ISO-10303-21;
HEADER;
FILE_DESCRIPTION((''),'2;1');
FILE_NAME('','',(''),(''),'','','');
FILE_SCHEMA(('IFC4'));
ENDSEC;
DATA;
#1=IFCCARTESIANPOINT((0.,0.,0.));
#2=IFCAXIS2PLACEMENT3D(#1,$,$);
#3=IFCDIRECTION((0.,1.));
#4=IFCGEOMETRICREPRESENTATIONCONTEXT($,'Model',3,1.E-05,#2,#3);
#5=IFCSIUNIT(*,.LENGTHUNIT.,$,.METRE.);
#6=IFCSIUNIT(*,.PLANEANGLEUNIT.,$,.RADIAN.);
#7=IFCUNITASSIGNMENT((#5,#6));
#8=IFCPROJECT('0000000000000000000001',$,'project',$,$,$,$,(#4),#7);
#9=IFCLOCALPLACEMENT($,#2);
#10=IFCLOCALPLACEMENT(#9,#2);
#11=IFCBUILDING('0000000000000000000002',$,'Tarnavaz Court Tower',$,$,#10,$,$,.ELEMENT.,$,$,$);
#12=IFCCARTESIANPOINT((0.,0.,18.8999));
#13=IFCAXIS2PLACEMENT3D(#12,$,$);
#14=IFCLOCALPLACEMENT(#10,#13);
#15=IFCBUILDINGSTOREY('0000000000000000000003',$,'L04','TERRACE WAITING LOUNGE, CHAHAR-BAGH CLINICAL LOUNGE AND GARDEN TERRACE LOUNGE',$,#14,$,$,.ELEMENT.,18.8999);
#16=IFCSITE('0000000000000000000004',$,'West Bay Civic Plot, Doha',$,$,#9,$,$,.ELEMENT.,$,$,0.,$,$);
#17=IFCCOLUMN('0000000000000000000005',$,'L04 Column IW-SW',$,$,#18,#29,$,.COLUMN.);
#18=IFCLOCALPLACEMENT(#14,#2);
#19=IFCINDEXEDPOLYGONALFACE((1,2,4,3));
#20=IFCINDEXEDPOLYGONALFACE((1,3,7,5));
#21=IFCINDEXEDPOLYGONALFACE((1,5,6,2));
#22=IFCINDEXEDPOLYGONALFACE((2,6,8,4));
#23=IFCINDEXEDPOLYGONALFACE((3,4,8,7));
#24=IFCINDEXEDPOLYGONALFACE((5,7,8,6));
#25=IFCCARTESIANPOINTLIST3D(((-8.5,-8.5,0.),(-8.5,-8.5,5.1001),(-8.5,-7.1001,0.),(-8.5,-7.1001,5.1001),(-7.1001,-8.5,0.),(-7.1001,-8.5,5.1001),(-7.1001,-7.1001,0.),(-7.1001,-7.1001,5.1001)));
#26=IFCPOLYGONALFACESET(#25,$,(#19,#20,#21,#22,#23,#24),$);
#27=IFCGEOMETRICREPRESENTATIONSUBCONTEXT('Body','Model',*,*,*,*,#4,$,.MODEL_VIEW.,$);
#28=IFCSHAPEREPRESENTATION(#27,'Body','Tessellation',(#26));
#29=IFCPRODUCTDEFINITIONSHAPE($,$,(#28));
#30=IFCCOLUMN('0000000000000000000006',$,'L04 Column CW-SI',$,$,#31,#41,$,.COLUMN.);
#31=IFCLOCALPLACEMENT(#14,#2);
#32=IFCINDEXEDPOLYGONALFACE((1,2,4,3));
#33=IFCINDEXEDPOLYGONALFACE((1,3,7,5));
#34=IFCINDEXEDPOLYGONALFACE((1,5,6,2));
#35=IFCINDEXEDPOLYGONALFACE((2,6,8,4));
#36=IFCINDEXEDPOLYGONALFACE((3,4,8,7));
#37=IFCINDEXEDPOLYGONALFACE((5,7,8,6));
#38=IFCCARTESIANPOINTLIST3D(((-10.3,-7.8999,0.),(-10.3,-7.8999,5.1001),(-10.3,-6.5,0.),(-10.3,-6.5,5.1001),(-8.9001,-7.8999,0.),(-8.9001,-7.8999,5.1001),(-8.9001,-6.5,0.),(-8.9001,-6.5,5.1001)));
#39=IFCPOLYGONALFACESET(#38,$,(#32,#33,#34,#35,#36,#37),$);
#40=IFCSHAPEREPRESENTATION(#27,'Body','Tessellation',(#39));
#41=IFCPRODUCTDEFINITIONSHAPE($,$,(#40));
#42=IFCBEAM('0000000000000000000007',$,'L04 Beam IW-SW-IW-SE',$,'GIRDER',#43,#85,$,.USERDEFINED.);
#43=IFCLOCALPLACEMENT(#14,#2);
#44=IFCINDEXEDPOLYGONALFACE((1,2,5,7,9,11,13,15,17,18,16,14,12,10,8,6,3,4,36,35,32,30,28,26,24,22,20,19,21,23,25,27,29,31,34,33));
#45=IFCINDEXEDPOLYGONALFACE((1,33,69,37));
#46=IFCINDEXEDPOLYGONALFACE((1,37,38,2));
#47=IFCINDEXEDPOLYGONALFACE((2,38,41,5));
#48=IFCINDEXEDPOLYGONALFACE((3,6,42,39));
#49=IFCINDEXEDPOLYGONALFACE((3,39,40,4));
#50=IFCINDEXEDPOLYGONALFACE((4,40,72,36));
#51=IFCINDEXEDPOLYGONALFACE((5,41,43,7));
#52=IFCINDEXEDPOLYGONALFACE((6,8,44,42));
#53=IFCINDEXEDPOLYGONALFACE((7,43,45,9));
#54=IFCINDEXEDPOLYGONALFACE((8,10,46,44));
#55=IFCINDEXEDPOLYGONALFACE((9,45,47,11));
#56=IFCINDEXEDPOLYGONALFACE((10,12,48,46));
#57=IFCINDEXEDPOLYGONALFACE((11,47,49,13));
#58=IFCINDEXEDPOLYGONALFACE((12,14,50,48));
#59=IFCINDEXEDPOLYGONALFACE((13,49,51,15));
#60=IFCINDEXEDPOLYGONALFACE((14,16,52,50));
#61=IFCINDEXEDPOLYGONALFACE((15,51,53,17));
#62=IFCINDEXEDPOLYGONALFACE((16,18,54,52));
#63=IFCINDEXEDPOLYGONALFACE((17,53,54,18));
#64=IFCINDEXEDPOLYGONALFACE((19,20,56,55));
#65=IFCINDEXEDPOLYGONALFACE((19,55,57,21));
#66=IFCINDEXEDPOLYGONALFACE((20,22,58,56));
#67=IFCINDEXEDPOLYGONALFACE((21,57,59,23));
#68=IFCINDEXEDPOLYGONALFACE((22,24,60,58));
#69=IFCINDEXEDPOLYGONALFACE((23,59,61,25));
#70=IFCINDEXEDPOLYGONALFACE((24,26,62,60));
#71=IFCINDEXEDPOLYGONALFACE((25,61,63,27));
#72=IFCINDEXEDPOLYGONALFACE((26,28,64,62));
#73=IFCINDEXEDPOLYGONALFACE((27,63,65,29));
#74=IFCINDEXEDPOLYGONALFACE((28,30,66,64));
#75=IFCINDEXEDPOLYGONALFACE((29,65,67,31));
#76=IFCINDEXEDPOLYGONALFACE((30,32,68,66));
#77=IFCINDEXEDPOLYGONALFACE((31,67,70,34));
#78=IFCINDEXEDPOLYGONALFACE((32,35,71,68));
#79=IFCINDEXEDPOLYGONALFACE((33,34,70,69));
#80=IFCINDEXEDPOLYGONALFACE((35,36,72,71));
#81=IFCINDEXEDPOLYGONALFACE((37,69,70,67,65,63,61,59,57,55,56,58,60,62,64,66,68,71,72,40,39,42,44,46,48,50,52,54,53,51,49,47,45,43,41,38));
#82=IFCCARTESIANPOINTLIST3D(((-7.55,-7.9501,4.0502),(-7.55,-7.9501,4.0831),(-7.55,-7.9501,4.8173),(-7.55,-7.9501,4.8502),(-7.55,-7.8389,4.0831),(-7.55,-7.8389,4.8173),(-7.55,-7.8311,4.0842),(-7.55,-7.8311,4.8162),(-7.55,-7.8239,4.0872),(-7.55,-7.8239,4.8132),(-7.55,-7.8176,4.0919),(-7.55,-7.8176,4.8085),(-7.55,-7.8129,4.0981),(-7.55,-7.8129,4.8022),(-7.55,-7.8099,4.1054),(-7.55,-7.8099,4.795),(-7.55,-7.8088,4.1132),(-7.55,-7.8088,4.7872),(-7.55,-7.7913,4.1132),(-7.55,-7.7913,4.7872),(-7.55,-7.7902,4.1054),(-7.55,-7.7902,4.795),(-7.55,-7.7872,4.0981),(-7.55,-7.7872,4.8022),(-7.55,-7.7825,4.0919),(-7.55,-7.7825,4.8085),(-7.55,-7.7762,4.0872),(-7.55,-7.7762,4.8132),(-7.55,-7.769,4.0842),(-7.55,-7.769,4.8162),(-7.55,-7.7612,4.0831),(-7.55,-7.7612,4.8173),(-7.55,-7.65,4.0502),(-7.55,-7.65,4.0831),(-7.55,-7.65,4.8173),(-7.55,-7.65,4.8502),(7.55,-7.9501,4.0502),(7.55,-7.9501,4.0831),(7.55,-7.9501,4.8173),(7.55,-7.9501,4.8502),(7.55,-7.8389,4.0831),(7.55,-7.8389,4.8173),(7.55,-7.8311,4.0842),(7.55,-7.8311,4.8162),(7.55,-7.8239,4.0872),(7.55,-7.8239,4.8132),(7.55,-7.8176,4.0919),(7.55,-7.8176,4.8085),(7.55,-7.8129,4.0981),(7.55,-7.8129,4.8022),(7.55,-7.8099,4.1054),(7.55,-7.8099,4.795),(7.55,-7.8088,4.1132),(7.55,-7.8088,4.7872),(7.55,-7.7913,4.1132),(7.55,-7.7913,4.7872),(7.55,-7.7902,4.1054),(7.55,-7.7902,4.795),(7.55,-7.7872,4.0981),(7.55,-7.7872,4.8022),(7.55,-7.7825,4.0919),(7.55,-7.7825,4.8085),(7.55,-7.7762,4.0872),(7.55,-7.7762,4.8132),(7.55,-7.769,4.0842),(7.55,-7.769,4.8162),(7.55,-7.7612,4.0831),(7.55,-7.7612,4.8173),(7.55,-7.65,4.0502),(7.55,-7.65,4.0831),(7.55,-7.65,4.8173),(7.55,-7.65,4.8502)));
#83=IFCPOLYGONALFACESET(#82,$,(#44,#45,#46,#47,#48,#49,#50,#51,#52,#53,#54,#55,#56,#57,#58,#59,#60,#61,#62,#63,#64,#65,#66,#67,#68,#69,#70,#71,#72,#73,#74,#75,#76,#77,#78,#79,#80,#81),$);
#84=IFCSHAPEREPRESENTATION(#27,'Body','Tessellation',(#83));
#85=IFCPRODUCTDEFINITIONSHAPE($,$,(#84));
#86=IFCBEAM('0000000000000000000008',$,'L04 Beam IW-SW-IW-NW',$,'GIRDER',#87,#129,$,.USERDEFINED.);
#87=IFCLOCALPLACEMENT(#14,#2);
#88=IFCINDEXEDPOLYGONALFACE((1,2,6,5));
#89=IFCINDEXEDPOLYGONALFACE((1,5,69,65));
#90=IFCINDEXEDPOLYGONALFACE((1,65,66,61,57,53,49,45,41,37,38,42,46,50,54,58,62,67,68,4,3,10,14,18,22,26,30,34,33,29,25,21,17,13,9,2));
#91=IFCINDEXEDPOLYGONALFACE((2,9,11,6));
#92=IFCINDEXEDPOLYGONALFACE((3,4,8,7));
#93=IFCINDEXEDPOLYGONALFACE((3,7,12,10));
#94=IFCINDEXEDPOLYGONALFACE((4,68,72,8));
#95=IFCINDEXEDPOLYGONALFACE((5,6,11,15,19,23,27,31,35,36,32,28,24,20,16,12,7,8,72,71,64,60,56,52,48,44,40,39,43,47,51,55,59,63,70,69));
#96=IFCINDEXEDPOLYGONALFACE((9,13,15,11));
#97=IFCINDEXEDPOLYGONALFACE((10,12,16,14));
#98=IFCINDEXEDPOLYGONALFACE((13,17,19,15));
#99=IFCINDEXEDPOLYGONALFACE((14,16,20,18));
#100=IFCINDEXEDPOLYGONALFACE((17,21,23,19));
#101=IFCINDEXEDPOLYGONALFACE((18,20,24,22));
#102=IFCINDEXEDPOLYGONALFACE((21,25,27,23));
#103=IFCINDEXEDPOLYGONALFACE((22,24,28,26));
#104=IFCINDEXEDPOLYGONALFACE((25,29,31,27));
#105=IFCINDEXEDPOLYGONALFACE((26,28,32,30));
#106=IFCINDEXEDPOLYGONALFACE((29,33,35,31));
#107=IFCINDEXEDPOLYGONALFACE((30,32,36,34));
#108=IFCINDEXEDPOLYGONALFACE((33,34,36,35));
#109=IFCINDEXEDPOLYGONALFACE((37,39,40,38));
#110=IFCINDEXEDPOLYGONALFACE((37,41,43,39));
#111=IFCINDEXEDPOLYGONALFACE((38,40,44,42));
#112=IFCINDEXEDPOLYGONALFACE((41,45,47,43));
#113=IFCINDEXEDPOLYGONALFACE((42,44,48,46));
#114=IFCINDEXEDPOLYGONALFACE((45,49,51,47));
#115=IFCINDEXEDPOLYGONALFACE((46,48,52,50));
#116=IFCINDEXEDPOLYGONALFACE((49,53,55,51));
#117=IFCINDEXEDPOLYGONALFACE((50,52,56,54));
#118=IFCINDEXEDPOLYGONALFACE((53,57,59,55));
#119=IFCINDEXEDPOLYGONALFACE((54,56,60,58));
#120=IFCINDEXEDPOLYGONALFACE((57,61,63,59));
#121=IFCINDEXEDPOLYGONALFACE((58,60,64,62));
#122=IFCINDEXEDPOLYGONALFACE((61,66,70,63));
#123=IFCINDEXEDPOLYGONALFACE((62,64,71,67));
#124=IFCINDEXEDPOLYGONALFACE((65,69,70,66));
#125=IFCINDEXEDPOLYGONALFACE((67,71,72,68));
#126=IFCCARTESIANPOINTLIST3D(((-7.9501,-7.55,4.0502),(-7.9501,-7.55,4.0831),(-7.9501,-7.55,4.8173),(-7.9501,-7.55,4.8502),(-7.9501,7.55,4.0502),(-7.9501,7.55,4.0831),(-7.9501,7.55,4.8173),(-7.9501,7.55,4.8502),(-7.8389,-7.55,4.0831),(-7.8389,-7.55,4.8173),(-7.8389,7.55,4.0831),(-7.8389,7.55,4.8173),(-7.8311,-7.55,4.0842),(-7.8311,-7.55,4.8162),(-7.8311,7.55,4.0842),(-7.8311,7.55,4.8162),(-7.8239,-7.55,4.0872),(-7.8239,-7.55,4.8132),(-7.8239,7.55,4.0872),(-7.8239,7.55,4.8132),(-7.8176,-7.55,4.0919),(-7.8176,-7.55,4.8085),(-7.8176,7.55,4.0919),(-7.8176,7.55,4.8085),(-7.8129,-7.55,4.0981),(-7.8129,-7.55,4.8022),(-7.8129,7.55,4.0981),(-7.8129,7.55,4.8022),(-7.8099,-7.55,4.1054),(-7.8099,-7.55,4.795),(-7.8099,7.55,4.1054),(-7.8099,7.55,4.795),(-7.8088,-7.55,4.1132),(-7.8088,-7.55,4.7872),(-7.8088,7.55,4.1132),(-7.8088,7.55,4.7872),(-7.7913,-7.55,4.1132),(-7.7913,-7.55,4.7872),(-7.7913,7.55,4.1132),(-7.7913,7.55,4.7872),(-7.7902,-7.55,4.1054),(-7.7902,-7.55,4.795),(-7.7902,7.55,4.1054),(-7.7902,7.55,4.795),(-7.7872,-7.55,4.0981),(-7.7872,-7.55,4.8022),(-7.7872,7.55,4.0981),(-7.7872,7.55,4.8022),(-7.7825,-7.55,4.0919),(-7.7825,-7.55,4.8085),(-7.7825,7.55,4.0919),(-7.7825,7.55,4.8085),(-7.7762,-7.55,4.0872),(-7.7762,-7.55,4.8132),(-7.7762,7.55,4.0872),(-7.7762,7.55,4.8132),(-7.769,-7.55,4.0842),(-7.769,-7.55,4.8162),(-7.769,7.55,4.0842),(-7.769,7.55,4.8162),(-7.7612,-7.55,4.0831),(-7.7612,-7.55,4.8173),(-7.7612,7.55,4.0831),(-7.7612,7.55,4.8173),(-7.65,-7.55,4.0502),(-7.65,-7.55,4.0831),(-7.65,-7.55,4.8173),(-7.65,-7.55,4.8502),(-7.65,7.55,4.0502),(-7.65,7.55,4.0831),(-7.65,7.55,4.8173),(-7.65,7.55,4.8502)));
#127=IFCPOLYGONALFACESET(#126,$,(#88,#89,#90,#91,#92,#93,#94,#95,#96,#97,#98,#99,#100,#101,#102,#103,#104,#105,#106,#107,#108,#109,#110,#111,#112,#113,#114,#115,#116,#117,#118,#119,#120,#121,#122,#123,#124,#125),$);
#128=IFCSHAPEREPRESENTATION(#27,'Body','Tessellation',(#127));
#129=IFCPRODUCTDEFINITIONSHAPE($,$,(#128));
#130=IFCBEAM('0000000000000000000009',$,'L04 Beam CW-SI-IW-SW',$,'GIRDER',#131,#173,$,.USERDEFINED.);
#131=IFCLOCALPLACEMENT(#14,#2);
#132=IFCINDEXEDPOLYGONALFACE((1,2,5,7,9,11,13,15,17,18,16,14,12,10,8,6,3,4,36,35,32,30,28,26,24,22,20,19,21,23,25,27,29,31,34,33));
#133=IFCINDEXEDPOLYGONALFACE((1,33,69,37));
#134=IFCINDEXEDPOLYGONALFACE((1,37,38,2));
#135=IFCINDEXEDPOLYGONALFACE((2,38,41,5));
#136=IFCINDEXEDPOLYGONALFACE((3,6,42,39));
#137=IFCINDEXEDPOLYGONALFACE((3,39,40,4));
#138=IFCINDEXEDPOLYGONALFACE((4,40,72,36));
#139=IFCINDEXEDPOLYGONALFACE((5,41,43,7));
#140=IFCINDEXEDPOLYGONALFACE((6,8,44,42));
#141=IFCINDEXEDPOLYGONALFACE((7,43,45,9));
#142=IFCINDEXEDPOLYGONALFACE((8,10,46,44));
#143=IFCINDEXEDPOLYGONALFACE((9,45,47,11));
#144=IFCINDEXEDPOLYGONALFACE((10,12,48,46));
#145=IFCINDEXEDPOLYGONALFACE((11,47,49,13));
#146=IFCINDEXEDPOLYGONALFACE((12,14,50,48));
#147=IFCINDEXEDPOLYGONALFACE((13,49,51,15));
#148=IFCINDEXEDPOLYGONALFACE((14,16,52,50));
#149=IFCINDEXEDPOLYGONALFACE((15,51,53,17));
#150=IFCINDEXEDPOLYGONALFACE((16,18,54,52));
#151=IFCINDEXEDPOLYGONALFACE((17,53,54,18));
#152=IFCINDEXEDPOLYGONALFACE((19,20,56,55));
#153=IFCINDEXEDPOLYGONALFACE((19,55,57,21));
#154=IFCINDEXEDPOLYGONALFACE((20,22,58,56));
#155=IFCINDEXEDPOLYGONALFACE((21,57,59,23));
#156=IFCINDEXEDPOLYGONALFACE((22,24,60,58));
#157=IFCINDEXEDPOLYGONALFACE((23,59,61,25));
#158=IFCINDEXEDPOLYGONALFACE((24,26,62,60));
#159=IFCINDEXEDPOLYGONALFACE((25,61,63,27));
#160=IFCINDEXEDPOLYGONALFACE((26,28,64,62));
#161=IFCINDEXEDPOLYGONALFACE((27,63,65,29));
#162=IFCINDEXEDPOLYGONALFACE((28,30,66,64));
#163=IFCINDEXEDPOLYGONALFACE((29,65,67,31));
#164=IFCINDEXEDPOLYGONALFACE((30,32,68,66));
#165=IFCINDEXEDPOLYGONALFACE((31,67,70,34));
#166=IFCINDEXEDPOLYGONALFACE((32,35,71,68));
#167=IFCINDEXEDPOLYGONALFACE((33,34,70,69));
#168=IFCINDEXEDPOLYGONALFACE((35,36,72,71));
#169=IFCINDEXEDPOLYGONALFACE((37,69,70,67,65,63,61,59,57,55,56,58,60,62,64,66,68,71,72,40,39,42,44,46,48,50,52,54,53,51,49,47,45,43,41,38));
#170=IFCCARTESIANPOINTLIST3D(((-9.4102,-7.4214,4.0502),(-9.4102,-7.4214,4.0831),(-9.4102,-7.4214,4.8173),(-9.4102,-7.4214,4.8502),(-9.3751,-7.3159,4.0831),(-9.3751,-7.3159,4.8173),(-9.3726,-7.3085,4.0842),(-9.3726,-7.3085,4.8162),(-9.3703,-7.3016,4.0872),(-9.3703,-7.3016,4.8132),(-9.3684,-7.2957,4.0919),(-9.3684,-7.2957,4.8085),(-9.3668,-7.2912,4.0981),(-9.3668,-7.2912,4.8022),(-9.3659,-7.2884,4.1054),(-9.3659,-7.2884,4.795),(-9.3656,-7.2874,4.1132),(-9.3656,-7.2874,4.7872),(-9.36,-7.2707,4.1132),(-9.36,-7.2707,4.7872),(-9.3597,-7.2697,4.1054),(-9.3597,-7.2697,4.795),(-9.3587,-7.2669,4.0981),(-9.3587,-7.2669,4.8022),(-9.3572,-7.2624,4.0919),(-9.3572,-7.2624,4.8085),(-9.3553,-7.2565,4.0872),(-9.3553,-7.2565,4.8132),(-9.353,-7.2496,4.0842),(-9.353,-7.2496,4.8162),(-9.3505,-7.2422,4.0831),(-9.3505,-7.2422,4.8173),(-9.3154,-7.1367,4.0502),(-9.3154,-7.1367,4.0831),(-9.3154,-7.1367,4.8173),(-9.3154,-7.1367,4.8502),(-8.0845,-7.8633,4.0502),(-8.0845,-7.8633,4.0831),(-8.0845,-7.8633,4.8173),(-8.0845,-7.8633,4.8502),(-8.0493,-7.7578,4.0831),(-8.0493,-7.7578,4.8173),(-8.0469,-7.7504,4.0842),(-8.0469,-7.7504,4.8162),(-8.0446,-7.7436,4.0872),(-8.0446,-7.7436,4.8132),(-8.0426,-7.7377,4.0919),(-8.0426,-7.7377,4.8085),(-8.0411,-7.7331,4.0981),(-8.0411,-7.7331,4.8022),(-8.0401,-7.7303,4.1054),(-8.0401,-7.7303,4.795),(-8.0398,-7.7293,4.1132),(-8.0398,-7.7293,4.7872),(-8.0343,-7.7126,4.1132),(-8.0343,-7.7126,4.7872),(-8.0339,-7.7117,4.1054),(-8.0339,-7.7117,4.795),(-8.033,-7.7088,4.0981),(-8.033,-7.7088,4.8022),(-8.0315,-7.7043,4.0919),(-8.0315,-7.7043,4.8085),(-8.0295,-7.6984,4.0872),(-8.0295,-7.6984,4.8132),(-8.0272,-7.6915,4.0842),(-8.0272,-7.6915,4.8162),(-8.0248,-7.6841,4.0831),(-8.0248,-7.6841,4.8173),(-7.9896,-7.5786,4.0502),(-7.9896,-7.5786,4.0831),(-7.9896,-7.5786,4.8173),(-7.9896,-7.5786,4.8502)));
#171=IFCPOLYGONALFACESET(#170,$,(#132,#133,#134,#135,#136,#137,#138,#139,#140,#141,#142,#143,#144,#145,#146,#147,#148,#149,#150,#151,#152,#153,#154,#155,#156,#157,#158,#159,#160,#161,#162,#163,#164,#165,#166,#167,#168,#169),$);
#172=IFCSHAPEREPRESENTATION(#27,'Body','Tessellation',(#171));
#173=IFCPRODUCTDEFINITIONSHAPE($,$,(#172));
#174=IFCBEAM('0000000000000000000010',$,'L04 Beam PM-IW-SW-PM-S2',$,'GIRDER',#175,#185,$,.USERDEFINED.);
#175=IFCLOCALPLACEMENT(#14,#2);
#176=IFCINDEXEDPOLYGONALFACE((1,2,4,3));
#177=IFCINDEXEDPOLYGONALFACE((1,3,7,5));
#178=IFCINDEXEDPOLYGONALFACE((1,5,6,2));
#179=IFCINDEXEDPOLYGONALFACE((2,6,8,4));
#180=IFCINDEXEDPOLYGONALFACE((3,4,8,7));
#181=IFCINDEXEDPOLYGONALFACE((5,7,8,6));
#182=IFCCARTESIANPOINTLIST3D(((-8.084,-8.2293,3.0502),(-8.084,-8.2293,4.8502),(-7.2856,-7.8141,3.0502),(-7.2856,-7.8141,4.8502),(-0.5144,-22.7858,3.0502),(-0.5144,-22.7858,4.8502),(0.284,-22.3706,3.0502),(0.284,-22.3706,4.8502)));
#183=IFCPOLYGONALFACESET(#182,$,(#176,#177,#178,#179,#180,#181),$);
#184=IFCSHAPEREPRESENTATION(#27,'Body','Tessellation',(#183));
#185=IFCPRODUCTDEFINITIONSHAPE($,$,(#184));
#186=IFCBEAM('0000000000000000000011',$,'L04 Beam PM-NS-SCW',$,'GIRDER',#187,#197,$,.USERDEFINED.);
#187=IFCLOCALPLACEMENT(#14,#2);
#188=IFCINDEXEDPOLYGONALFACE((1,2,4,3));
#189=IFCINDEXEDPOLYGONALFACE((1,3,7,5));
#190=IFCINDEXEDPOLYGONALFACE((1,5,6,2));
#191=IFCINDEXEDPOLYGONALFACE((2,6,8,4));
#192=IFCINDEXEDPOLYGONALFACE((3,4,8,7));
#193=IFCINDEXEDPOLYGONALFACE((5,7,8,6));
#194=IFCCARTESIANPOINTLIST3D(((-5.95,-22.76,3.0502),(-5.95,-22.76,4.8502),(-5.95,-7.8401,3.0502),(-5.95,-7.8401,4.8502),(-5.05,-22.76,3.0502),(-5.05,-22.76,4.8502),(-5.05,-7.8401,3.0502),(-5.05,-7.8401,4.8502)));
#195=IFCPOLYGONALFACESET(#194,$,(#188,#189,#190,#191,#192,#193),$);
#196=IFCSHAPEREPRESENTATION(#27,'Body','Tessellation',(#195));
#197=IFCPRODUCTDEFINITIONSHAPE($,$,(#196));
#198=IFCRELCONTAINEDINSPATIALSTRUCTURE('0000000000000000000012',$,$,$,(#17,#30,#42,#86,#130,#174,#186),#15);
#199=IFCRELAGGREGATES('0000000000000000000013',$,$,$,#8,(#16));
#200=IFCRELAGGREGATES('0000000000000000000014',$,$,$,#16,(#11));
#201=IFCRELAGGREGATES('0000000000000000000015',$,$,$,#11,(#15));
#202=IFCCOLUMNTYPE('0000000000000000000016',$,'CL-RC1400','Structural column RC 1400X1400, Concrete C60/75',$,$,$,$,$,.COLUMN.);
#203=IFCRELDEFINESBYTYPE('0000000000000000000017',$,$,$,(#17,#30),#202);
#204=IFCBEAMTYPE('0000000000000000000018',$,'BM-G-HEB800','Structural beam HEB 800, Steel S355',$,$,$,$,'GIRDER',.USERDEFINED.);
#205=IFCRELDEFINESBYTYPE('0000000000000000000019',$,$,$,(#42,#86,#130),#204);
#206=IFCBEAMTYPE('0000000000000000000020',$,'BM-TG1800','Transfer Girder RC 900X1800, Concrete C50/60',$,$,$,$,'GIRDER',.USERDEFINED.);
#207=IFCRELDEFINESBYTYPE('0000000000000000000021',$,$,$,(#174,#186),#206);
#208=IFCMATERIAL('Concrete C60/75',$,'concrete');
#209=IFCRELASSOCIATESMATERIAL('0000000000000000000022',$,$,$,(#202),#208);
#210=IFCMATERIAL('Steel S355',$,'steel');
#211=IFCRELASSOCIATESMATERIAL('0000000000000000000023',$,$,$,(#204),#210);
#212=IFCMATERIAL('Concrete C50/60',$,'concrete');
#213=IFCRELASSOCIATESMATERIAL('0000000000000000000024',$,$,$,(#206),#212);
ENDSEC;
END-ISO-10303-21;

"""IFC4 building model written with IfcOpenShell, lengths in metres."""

from ifc_helpers import new_model, si_unit, direction, frame, origin, origin_2d, place, context, subcontext, project, spatial, rectangle, i_section, extrude, material, material_profile, profile_set, type_object, element, save


model = new_model("IFC4")

# Units and contexts
model_context = context("Model", 3, precision=1e-05, world=origin(), true_north=direction((0.0, 1.0)))
body_context = subcontext(model_context, "Body", "Model", "MODEL_VIEW")
ifc_project = project(units=[si_unit("LENGTHUNIT", "METRE"), si_unit("PLANEANGLEUNIT", "RADIAN")], contexts=[model_context])

# Site, building, storey
site_placement = place(None, origin())
site = spatial("IfcSite", under=ifc_project, at=site_placement, Name="West Bay Civic Plot, Doha", CompositionType="ELEMENT", RefElevation=0.0)
building_placement = place(site_placement, origin())
building = spatial("IfcBuilding", under=site, at=building_placement, Name="Tarnavaz Court Tower", CompositionType="ELEMENT")
storey_placement = place(building_placement, frame((0.0, 0.0, 18.8999)))
storey = spatial("IfcBuildingStorey", under=building, at=storey_placement, Name="L04", Description="TERRACE WAITING LOUNGE, CHAHAR-BAGH CLINICAL LOUNGE AND GARDEN TERRACE LOUNGE", CompositionType="ELEMENT", Elevation=18.8999)

# Columns
ifc_material_1 = material(Name="Concrete C60/75", Category="concrete")
ifc_material_profile_1 = material_profile(ifc_material_1, rectangle(XDim=1.3999, YDim=1.3999, at=origin_2d()), Name="RC 1400X1400")
ifc_profile_set_1 = profile_set([ifc_material_profile_1], Name="Concrete C60/75")
column_type = type_object("IfcColumnType", Name="CL-RC1400", Description="Structural column RC 1400X1400, Concrete C60/75", PredefinedType="COLUMN", material=ifc_profile_set_1)
for number, where, z_axis, x_axis, name in (
    (1, (-7.8, -7.8, 0.0), (0.0, 0.0, 1.0), (1.0, 0.0, 0.0), "L04 Column IW-SW"),
    (2, (-9.6001, -7.2, 0.0), (0.0, 0.0, 1.0), (1.0, 0.0, 0.0), "L04 Column CW-SI"),
):
    element("IfcColumn", number, at=place(storey_placement, frame(where, z_axis=z_axis, x_axis=x_axis)), inside=storey, type_object=column_type, Name=name, PredefinedType="COLUMN", context=body_context, shape_type="SweptSolid", body=[
        extrude(rectangle(XDim=1.3999, YDim=1.3999, at=origin_2d()), origin(), (0.0, 0.0, 1.0), 5.1001),
    ])

# Beams
ifc_material_2 = material(Name="Steel S355", Category="steel")
ifc_material_profile_2 = material_profile(ifc_material_2, i_section(OverallWidth=0.3, OverallDepth=0.8, WebThickness=0.0176, FlangeThickness=0.033, FilletRadius=0.03, at=origin_2d()), Name="HEB 800")
ifc_profile_set_2 = profile_set([ifc_material_profile_2], Name="Steel S355")
beam_type_1 = type_object("IfcBeamType", Name="BM-G-HEB800", Description="Structural beam HEB 800, Steel S355", ElementType="GIRDER", PredefinedType="USERDEFINED", material=ifc_profile_set_2)
for number, where, z_axis, x_axis, name in (
    (3, (-7.55, -7.8, 4.4502), (1.0, 0.0, 0.0), (0.0, 1.0, 0.0), "L04 Beam IW-SW-IW-SE"),
    (4, (-7.8, -7.55, 4.4502), (0.0, 1.0, 0.0), (-1.0, 0.0, 0.0), "L04 Beam IW-SW-IW-NW"),
):
    element("IfcBeam", number, at=place(storey_placement, frame(where, z_axis=z_axis, x_axis=x_axis)), inside=storey, type_object=beam_type_1, Name=name, ObjectType="GIRDER", PredefinedType="USERDEFINED", context=body_context, shape_type="SweptSolid", body=[
        extrude(i_section(OverallWidth=0.3, OverallDepth=0.8, WebThickness=0.0176, FlangeThickness=0.033, FilletRadius=0.03, at=origin_2d()), origin(), (0.0, 0.0, 1.0), 15.1001),
    ])
beam_1_placement = place(storey_placement, frame((-9.3628, -7.2791, 4.4502), z_axis=(0.948683, -0.316228, 0.0), x_axis=(0.316228, 0.948683, 0.0)))
element("IfcBeam", 5, at=beam_1_placement, inside=storey, type_object=beam_type_1, Name="L04 Beam CW-SI-IW-SW", ObjectType="GIRDER", PredefinedType="USERDEFINED", context=body_context, shape_type="SweptSolid", body=[
    extrude(i_section(OverallWidth=0.3, OverallDepth=0.8, WebThickness=0.0176, FlangeThickness=0.033, FilletRadius=0.03, at=origin_2d()), origin(), (0.0, 0.0, 1.0), 1.3975),
])
ifc_material_3 = material(Name="Concrete C50/60", Category="concrete")
ifc_material_profile_3 = material_profile(ifc_material_3, rectangle(XDim=0.8999, YDim=1.8, at=origin_2d()), Name="RC 900X1800")
ifc_profile_set_3 = profile_set([ifc_material_profile_3], Name="Concrete C50/60")
beam_type_2 = type_object("IfcBeamType", Name="BM-TG1800", Description="Transfer Girder RC 900X1800, Concrete C50/60", ElementType="GIRDER", PredefinedType="USERDEFINED", material=ifc_profile_set_3)
beam_2_placement = place(storey_placement, frame((-7.6848, -8.0217, 3.9502), z_axis=(0.461365, -0.88721, 0.0), x_axis=(0.88721, 0.461365, 0.0)))
element("IfcBeam", 6, at=beam_2_placement, inside=storey, type_object=beam_type_2, Name="L04 Beam PM-IW-SW-PM-S2", ObjectType="GIRDER", PredefinedType="USERDEFINED", context=body_context, shape_type="SweptSolid", body=[
    extrude(rectangle(XDim=0.8999, YDim=1.8, at=origin_2d()), origin(), (0.0, 0.0, 1.0), 16.407),
])
beam_3_placement = place(storey_placement, frame((-5.5, -7.8401, 3.9502), z_axis=(0.0, -1.0, 0.0), x_axis=(1.0, 0.0, 0.0)))
element("IfcBeam", 7, at=beam_3_placement, inside=storey, type_object=beam_type_2, Name="L04 Beam PM-NS-SCW", ObjectType="GIRDER", PredefinedType="USERDEFINED", context=body_context, shape_type="SweptSolid", body=[
    extrude(rectangle(XDim=0.8999, YDim=1.8, at=origin_2d()), origin(), (0.0, 0.0, 1.0), 14.9199),
])

save(model, "model.ifc")
